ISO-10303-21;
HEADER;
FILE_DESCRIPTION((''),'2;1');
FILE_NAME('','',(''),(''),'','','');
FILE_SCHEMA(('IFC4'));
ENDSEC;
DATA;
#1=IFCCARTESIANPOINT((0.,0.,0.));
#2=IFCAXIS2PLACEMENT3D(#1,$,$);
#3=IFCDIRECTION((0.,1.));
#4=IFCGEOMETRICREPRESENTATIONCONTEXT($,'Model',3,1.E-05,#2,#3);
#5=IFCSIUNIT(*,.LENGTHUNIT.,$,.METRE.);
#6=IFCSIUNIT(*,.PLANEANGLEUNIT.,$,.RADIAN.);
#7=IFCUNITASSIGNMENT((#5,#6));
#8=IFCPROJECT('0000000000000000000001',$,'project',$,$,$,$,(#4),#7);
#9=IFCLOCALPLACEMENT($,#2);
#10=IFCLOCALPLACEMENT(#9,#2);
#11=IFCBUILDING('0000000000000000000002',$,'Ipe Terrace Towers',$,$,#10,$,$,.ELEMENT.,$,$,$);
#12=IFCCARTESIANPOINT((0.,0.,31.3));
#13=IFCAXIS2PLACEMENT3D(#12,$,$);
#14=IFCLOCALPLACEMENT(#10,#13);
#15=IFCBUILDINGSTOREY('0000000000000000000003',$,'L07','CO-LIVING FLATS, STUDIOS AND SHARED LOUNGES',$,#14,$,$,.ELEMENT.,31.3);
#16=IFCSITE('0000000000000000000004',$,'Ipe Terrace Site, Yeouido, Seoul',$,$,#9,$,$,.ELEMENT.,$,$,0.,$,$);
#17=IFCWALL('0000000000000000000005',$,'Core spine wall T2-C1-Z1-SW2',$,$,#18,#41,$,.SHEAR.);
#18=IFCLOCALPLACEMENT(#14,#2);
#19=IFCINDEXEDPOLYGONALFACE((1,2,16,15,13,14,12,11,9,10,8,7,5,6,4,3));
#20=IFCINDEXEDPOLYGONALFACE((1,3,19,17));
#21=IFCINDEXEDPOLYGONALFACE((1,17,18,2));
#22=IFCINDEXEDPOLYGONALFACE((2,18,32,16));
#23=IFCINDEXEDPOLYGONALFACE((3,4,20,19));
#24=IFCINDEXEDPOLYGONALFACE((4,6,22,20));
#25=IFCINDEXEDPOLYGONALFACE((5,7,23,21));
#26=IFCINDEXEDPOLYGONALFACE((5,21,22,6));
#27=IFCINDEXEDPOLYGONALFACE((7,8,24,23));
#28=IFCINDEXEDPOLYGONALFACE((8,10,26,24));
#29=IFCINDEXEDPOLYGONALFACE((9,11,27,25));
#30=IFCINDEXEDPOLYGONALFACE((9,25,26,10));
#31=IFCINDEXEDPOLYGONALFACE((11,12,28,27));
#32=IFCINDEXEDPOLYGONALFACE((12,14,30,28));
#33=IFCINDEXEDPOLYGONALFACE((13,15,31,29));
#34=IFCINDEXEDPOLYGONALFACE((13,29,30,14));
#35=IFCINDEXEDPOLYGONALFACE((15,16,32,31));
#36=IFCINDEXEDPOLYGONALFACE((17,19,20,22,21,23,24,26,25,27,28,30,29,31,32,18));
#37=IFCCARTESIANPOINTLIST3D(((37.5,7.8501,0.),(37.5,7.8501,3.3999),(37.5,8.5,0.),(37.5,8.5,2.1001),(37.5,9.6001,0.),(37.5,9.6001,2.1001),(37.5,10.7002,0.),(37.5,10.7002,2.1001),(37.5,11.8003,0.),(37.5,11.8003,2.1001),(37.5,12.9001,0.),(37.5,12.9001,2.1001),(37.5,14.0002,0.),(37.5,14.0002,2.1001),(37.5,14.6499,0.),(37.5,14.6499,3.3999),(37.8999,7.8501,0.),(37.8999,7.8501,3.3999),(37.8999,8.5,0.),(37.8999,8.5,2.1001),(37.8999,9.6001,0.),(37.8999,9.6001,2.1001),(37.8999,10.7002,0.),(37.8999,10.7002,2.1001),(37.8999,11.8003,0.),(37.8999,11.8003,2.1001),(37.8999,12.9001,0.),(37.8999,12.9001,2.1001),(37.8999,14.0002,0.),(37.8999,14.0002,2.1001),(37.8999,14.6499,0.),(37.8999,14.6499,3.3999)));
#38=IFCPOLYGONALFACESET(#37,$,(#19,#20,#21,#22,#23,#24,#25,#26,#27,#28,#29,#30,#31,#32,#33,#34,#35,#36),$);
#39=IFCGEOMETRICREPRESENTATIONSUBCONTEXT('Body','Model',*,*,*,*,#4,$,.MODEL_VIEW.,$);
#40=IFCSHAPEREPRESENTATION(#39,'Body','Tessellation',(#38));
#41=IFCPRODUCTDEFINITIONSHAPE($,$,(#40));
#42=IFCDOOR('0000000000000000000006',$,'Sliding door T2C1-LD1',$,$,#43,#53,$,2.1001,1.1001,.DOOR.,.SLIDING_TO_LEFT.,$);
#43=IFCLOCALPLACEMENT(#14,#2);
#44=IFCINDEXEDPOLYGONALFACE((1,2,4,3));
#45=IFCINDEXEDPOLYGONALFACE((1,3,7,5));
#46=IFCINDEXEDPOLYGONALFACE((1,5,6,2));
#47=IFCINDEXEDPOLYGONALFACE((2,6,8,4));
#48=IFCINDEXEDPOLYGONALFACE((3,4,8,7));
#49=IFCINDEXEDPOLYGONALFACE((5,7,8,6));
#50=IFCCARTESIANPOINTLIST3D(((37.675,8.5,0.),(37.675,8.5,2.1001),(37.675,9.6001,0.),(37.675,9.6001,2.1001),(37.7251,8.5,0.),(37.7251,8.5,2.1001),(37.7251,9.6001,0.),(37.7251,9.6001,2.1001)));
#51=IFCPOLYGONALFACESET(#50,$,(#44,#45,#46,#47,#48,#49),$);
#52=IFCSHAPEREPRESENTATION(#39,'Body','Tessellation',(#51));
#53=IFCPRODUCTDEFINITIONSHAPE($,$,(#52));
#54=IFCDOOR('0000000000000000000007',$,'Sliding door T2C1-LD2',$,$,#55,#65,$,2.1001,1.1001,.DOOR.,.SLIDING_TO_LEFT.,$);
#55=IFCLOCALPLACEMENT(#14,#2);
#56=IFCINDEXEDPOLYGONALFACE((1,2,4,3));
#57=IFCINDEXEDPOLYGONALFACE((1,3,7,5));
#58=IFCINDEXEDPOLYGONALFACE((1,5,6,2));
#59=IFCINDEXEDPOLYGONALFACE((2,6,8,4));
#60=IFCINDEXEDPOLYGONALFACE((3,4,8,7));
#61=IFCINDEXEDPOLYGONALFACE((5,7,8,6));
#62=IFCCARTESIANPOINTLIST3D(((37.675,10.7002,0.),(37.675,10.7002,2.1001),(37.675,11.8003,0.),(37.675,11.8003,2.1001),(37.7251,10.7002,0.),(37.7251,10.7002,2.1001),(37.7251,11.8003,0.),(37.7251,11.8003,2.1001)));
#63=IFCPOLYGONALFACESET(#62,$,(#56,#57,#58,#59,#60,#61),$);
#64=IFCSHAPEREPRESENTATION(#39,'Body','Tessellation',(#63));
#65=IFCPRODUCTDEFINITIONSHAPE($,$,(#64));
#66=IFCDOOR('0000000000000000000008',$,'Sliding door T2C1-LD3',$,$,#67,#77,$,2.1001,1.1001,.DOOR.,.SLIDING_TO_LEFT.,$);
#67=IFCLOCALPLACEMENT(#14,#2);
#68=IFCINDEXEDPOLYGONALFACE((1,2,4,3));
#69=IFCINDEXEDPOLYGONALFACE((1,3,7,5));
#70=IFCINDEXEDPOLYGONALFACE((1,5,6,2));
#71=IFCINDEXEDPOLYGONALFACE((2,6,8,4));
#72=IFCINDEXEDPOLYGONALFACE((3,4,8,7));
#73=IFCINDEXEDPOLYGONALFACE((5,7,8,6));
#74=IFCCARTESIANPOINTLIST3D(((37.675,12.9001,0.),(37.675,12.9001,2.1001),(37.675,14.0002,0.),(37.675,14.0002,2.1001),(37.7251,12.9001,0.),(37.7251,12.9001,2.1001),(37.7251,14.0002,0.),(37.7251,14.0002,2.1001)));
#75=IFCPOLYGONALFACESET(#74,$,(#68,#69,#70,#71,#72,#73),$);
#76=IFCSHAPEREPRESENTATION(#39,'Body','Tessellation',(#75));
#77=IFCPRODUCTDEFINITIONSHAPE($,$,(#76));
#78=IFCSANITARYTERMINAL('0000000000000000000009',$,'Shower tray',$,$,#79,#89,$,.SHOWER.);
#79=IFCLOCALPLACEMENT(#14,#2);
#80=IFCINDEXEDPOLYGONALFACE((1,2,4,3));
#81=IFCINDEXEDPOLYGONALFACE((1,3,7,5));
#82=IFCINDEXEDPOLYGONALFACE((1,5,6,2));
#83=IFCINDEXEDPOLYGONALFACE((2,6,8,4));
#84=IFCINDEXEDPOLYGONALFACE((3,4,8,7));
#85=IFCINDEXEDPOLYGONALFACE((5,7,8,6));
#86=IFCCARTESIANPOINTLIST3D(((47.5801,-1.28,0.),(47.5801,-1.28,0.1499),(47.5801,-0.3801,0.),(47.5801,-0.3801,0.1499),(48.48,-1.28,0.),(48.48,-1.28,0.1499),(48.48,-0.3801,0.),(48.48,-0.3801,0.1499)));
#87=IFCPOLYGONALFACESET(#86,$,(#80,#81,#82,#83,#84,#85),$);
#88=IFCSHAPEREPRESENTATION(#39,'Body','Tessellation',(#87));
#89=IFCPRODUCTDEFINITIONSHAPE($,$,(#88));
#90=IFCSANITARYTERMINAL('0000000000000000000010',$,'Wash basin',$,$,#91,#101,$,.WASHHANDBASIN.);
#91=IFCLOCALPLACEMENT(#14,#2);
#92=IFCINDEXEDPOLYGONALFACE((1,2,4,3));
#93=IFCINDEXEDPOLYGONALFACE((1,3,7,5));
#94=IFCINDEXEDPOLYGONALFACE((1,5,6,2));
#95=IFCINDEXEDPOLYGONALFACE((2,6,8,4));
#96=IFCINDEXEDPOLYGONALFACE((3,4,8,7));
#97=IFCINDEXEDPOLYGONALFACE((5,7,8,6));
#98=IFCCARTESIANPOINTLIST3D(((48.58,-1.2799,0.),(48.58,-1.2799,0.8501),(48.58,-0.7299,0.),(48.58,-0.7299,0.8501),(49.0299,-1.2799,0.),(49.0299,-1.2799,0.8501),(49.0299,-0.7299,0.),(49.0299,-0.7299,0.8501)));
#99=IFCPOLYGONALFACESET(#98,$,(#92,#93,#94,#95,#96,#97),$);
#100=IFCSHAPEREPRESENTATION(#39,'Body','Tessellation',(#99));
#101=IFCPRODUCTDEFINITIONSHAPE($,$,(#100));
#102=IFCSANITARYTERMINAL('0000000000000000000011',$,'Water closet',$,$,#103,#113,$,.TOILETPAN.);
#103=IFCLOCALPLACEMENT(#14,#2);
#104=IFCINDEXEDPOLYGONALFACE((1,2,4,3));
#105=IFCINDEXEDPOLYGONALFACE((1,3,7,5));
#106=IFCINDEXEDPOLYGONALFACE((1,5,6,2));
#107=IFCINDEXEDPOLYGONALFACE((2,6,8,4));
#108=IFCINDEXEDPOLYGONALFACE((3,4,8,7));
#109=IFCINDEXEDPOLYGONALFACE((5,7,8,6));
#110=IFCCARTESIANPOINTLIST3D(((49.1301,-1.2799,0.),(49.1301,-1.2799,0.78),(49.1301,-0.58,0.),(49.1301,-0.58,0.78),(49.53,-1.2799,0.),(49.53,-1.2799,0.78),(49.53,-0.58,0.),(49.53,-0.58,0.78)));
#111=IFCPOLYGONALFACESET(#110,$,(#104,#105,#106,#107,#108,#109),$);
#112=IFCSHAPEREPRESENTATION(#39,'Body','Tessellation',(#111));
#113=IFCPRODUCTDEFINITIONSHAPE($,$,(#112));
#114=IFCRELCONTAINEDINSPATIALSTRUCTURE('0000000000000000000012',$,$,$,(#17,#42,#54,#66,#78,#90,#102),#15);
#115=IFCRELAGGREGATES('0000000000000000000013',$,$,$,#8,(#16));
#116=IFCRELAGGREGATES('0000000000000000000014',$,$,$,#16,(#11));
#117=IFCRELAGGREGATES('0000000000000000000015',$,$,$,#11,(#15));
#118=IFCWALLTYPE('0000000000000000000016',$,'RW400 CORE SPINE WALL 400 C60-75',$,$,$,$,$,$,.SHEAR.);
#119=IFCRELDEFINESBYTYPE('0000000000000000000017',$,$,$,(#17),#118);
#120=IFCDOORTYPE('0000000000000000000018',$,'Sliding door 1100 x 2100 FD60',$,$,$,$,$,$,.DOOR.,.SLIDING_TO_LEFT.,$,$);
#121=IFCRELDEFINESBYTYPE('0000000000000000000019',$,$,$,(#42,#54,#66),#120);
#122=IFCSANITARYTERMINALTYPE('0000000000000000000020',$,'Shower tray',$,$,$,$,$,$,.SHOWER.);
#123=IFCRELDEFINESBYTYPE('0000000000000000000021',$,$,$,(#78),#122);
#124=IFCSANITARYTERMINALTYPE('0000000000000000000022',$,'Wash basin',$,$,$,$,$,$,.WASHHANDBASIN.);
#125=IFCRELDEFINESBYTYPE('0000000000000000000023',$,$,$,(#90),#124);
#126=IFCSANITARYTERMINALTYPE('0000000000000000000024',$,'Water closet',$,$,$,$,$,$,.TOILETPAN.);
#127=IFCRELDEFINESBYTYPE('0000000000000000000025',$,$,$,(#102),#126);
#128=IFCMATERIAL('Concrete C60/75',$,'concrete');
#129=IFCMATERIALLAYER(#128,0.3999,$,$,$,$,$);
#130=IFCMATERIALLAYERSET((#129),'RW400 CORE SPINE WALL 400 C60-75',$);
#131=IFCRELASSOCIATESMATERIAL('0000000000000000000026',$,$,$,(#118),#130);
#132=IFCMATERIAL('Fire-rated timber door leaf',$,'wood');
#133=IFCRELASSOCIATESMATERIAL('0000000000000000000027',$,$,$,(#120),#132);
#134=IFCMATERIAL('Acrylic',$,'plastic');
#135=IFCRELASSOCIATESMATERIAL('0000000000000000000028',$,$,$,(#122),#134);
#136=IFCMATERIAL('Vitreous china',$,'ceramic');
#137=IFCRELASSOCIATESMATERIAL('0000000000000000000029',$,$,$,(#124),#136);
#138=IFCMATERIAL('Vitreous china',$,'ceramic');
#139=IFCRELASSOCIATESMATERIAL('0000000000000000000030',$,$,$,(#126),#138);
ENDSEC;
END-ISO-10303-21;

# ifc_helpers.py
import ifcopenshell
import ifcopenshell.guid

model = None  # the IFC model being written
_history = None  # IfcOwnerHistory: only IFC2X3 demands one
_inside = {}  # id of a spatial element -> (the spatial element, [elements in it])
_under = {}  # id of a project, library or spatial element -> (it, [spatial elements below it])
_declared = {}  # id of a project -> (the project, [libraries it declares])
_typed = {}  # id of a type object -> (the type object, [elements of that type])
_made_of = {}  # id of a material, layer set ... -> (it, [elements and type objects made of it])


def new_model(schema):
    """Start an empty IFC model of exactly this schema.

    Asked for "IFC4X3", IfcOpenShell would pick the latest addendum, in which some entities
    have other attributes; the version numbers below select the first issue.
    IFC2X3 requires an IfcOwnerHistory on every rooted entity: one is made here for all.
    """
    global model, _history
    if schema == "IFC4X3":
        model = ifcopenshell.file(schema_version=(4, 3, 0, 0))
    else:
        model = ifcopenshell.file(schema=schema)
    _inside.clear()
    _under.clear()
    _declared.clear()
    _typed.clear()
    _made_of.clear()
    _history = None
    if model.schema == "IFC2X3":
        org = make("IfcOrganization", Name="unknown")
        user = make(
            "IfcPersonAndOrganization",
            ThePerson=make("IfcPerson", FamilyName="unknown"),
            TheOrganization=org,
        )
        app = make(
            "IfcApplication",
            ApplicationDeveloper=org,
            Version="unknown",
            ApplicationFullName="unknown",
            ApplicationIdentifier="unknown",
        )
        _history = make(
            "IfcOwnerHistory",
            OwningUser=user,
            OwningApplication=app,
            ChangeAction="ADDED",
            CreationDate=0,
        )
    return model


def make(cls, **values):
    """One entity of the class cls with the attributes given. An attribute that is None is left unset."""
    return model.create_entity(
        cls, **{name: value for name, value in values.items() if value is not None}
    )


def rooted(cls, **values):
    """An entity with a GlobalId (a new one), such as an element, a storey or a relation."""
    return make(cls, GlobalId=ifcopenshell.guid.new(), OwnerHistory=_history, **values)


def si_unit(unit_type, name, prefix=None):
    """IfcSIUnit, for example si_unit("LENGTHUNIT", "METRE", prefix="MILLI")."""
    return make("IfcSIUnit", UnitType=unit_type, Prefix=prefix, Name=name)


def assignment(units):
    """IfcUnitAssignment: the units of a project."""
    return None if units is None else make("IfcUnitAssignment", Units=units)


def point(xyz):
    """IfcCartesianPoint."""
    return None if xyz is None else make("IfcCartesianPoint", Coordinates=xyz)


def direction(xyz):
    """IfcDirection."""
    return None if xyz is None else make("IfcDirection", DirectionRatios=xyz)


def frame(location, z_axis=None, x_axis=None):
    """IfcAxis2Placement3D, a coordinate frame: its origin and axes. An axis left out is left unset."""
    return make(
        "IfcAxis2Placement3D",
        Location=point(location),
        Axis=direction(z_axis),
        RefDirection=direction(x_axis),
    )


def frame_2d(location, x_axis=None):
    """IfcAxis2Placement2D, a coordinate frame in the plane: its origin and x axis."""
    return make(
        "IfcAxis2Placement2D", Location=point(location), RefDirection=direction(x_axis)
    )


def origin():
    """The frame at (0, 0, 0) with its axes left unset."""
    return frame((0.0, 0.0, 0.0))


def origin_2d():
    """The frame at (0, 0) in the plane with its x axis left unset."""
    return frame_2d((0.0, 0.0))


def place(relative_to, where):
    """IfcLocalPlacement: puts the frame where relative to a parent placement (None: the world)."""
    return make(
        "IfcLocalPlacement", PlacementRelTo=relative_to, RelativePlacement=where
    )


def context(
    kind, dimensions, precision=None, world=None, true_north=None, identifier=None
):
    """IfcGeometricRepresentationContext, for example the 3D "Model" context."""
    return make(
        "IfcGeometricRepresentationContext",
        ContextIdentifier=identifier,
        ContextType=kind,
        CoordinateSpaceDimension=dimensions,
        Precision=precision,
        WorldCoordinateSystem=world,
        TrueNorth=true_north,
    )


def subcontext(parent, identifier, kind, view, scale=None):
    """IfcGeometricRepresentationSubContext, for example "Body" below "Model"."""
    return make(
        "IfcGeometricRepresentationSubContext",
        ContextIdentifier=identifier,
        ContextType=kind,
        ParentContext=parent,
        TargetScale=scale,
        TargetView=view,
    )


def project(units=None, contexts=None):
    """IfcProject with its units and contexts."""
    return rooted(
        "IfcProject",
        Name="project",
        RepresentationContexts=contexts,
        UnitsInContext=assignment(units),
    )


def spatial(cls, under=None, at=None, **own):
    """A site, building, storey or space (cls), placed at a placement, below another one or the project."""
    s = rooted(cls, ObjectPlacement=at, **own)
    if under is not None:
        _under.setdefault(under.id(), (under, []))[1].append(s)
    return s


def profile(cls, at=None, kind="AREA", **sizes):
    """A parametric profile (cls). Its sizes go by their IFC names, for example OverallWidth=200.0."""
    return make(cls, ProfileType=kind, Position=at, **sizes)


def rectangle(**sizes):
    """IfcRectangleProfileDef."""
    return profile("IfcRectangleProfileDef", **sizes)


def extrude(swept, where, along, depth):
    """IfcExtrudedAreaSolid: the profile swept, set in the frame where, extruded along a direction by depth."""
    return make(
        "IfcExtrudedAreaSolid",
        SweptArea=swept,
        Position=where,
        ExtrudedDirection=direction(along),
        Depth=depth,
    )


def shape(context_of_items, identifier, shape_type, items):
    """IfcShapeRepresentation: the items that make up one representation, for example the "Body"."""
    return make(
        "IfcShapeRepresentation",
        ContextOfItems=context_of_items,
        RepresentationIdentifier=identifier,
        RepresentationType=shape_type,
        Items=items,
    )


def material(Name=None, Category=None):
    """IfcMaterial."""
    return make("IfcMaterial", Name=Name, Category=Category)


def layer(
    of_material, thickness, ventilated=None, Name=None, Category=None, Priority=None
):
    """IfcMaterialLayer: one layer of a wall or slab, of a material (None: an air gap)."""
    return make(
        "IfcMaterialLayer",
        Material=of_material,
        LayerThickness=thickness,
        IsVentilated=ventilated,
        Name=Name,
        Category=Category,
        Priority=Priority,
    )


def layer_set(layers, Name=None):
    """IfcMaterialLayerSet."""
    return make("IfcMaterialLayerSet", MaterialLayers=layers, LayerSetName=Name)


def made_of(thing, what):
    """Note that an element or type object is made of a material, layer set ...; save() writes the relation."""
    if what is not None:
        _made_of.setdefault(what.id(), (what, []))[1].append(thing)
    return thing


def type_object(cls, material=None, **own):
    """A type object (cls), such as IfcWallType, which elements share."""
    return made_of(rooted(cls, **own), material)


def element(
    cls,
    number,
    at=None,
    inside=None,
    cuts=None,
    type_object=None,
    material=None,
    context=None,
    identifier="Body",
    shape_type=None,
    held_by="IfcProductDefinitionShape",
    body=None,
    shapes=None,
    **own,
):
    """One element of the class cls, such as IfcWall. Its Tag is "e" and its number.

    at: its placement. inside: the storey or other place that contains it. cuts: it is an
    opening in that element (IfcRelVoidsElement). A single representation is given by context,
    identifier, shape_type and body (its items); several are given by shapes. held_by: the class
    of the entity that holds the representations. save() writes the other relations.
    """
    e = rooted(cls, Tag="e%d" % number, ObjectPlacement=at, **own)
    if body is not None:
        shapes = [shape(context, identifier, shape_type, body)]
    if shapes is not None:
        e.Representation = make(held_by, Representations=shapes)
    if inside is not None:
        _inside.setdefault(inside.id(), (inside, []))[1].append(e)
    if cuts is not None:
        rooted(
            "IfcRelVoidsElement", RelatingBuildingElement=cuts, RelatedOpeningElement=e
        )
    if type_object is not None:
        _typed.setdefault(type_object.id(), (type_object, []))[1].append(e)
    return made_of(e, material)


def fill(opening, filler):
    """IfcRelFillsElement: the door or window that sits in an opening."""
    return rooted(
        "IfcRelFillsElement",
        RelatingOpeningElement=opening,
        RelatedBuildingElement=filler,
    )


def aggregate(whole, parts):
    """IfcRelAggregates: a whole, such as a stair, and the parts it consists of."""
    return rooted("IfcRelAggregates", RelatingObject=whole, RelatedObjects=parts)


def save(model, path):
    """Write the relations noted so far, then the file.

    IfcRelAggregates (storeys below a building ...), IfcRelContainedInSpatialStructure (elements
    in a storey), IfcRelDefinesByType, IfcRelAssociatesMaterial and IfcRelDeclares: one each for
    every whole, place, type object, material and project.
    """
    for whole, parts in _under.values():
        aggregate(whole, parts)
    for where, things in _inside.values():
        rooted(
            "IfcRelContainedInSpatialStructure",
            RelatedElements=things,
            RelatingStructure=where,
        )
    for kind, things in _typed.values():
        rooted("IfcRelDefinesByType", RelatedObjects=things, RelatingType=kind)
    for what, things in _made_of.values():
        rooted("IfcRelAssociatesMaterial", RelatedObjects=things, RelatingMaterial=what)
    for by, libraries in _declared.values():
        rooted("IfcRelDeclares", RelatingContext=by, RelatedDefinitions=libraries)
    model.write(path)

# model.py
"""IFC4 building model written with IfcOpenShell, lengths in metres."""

from ifc_helpers import new_model, si_unit, direction, frame, frame_2d, origin, origin_2d, place, context, subcontext, project, spatial, rectangle, extrude, material, layer, layer_set, type_object, element, fill, save


model = new_model("IFC4")

# Units and contexts
model_context = context("Model", 3, precision=1e-05, world=origin(), true_north=direction((0.0, 1.0)))
body_context = subcontext(model_context, "Body", "Model", "MODEL_VIEW")
ifc_project = project(units=[si_unit("LENGTHUNIT", "METRE"), si_unit("PLANEANGLEUNIT", "RADIAN")], contexts=[model_context])

# Site, building, storey
site_placement = place(None, origin())
site = spatial("IfcSite", under=ifc_project, at=site_placement, Name="Ipe Terrace Site, Yeouido, Seoul", CompositionType="ELEMENT", RefElevation=0.0)
building_placement = place(site_placement, origin())
building = spatial("IfcBuilding", under=site, at=building_placement, Name="Ipe Terrace Towers", CompositionType="ELEMENT")
storey_placement = place(building_placement, frame((0.0, 0.0, 31.3)))
storey = spatial("IfcBuildingStorey", under=building, at=storey_placement, Name="L07", Description="CO-LIVING FLATS, STUDIOS AND SHARED LOUNGES", CompositionType="ELEMENT", Elevation=31.3)

# Wall, openings, doors
ifc_material_1 = material(Name="Concrete C60/75", Category="concrete")
ifc_layer_1 = layer(ifc_material_1, 0.3999)
ifc_layer_set_1 = layer_set([ifc_layer_1], Name="RW400 CORE SPINE WALL 400 C60-75")
wall_type_1 = type_object("IfcWallType", Name="RW400 CORE SPINE WALL 400 C60-75", PredefinedType="SHEAR", material=ifc_layer_set_1)
wall_1_placement = place(storey_placement, frame((37.7, 7.8501, 0.0), z_axis=(0.0, 0.0, 1.0), x_axis=(0.0, 1.0, 0.0)))
wall_1 = element("IfcWall", 1, at=wall_1_placement, inside=storey, type_object=wall_type_1, Name="Core spine wall T2-C1-Z1-SW2", PredefinedType="SHEAR", context=body_context, shape_type="SweptSolid", body=[
    extrude(rectangle(XDim=6.7998, YDim=0.3999, at=frame_2d((3.3999, 0.0))), origin(), (0.0, 0.0, 1.0), 3.3999),
])
opening_1_placement = place(wall_1_placement, frame((0.6499, 0.0, 0.0)))
opening_1 = element("IfcOpeningElement", 2, at=opening_1_placement, cuts=wall_1, PredefinedType="OPENING", context=body_context, shape_type="SweptSolid", body=[
    extrude(rectangle(XDim=1.1001, YDim=2.1001, at=frame_2d((0.55, 1.05))), frame((0.0, 0.21, 0.0), z_axis=(0.0, -1.0, 0.0), x_axis=(1.0, 0.0, 0.0)), (0.0, 0.0, 1.0), 0.4199),
])
opening_2_placement = place(wall_1_placement, frame((2.8501, 0.0, 0.0)))
opening_2 = element("IfcOpeningElement", 3, at=opening_2_placement, cuts=wall_1, PredefinedType="OPENING", context=body_context, shape_type="SweptSolid", body=[
    extrude(rectangle(XDim=1.1001, YDim=2.1001, at=frame_2d((0.55, 1.05))), frame((0.0, 0.21, 0.0), z_axis=(0.0, -1.0, 0.0), x_axis=(1.0, 0.0, 0.0)), (0.0, 0.0, 1.0), 0.4199),
])
opening_3_placement = place(wall_1_placement, frame((5.05, 0.0, 0.0)))
opening_3 = element("IfcOpeningElement", 4, at=opening_3_placement, cuts=wall_1, PredefinedType="OPENING", context=body_context, shape_type="SweptSolid", body=[
    extrude(rectangle(XDim=1.1001, YDim=2.1001, at=frame_2d((0.55, 1.05))), frame((0.0, 0.21, 0.0), z_axis=(0.0, -1.0, 0.0), x_axis=(1.0, 0.0, 0.0)), (0.0, 0.0, 1.0), 0.4199),
])
ifc_material_2 = material(Name="Fire-rated timber door leaf", Category="wood")
door_type_1 = type_object("IfcDoorType", Name="Sliding door 1100 x 2100 FD60", OperationType="SLIDING_TO_LEFT", PredefinedType="DOOR", material=ifc_material_2)
door_1_placement = place(opening_1_placement, origin())
door_1 = element("IfcDoor", 5, at=door_1_placement, inside=storey, type_object=door_type_1, Name="Sliding door T2C1-LD1", OperationType="SLIDING_TO_LEFT", OverallHeight=2.1001, OverallWidth=1.1001, PredefinedType="DOOR", context=body_context, shape_type="SweptSolid", body=[
    extrude(rectangle(XDim=1.1001, YDim=2.1001, at=frame_2d((0.55, 1.05))), frame((0.0, 0.0249, 0.0), z_axis=(0.0, -1.0, 0.0), x_axis=(1.0, 0.0, 0.0)), (0.0, 0.0, 1.0), 0.05),
])
fill(opening_1, door_1)
door_2_placement = place(opening_2_placement, origin())
door_2 = element("IfcDoor", 6, at=door_2_placement, inside=storey, type_object=door_type_1, Name="Sliding door T2C1-LD2", OperationType="SLIDING_TO_LEFT", OverallHeight=2.1001, OverallWidth=1.1001, PredefinedType="DOOR", context=body_context, shape_type="SweptSolid", body=[
    extrude(rectangle(XDim=1.1001, YDim=2.1001, at=frame_2d((0.55, 1.05))), frame((0.0, 0.0249, 0.0), z_axis=(0.0, -1.0, 0.0), x_axis=(1.0, 0.0, 0.0)), (0.0, 0.0, 1.0), 0.05),
])
fill(opening_2, door_2)
door_3_placement = place(opening_3_placement, origin())
door_3 = element("IfcDoor", 7, at=door_3_placement, inside=storey, type_object=door_type_1, Name="Sliding door T2C1-LD3", OperationType="SLIDING_TO_LEFT", OverallHeight=2.1001, OverallWidth=1.1001, PredefinedType="DOOR", context=body_context, shape_type="SweptSolid", body=[
    extrude(rectangle(XDim=1.1001, YDim=2.1001, at=frame_2d((0.55, 1.05))), frame((0.0, 0.0249, 0.0), z_axis=(0.0, -1.0, 0.0), x_axis=(1.0, 0.0, 0.0)), (0.0, 0.0, 1.0), 0.05),
])
fill(opening_3, door_3)

# Sanitary terminals
ifc_material_3 = material(Name="Acrylic", Category="plastic")
sanitary_terminal_type_1 = type_object("IfcSanitaryTerminalType", Name="Shower tray", PredefinedType="SHOWER", material=ifc_material_3)
sanitary_terminal_1_placement = place(storey_placement, frame((48.03, -0.8301, 0.0), z_axis=(0.0, 0.0, 1.0), x_axis=(0.0, 1.0, 0.0)))
element("IfcSanitaryTerminal", 8, at=sanitary_terminal_1_placement, inside=storey, type_object=sanitary_terminal_type_1, Name="Shower tray", PredefinedType="SHOWER", context=body_context, shape_type="SweptSolid", body=[
    extrude(rectangle(XDim=0.8999, YDim=0.8999, at=origin_2d()), origin(), (0.0, 0.0, 1.0), 0.1499),
])
ifc_material_4 = material(Name="Vitreous china", Category="ceramic")
sanitary_terminal_type_2 = type_object("IfcSanitaryTerminalType", Name="Wash basin", PredefinedType="WASHHANDBASIN", material=ifc_material_4)
sanitary_terminal_2_placement = place(storey_placement, frame((48.8049, -1.0049, 0.0), z_axis=(0.0, 0.0, 1.0), x_axis=(0.0, 1.0, 0.0)))
element("IfcSanitaryTerminal", 9, at=sanitary_terminal_2_placement, inside=storey, type_object=sanitary_terminal_type_2, Name="Wash basin", PredefinedType="WASHHANDBASIN", context=body_context, shape_type="SweptSolid", body=[
    extrude(rectangle(XDim=0.55, YDim=0.45, at=origin_2d()), origin(), (0.0, 0.0, 1.0), 0.8501),
])
ifc_material_5 = material(Name="Vitreous china", Category="ceramic")
sanitary_terminal_type_3 = type_object("IfcSanitaryTerminalType", Name="Water closet", PredefinedType="TOILETPAN", material=ifc_material_5)
sanitary_terminal_3_placement = place(storey_placement, frame((49.3301, -0.9299, 0.0), z_axis=(0.0, 0.0, 1.0), x_axis=(0.0, 1.0, 0.0)))
element("IfcSanitaryTerminal", 10, at=sanitary_terminal_3_placement, inside=storey, type_object=sanitary_terminal_type_3, Name="Water closet", PredefinedType="TOILETPAN", context=body_context, shape_type="SweptSolid", body=[
    extrude(rectangle(XDim=0.7, YDim=0.3999, at=origin_2d()), origin(), (0.0, 0.0, 1.0), 0.78),
])

save(model, "model.ifc")
